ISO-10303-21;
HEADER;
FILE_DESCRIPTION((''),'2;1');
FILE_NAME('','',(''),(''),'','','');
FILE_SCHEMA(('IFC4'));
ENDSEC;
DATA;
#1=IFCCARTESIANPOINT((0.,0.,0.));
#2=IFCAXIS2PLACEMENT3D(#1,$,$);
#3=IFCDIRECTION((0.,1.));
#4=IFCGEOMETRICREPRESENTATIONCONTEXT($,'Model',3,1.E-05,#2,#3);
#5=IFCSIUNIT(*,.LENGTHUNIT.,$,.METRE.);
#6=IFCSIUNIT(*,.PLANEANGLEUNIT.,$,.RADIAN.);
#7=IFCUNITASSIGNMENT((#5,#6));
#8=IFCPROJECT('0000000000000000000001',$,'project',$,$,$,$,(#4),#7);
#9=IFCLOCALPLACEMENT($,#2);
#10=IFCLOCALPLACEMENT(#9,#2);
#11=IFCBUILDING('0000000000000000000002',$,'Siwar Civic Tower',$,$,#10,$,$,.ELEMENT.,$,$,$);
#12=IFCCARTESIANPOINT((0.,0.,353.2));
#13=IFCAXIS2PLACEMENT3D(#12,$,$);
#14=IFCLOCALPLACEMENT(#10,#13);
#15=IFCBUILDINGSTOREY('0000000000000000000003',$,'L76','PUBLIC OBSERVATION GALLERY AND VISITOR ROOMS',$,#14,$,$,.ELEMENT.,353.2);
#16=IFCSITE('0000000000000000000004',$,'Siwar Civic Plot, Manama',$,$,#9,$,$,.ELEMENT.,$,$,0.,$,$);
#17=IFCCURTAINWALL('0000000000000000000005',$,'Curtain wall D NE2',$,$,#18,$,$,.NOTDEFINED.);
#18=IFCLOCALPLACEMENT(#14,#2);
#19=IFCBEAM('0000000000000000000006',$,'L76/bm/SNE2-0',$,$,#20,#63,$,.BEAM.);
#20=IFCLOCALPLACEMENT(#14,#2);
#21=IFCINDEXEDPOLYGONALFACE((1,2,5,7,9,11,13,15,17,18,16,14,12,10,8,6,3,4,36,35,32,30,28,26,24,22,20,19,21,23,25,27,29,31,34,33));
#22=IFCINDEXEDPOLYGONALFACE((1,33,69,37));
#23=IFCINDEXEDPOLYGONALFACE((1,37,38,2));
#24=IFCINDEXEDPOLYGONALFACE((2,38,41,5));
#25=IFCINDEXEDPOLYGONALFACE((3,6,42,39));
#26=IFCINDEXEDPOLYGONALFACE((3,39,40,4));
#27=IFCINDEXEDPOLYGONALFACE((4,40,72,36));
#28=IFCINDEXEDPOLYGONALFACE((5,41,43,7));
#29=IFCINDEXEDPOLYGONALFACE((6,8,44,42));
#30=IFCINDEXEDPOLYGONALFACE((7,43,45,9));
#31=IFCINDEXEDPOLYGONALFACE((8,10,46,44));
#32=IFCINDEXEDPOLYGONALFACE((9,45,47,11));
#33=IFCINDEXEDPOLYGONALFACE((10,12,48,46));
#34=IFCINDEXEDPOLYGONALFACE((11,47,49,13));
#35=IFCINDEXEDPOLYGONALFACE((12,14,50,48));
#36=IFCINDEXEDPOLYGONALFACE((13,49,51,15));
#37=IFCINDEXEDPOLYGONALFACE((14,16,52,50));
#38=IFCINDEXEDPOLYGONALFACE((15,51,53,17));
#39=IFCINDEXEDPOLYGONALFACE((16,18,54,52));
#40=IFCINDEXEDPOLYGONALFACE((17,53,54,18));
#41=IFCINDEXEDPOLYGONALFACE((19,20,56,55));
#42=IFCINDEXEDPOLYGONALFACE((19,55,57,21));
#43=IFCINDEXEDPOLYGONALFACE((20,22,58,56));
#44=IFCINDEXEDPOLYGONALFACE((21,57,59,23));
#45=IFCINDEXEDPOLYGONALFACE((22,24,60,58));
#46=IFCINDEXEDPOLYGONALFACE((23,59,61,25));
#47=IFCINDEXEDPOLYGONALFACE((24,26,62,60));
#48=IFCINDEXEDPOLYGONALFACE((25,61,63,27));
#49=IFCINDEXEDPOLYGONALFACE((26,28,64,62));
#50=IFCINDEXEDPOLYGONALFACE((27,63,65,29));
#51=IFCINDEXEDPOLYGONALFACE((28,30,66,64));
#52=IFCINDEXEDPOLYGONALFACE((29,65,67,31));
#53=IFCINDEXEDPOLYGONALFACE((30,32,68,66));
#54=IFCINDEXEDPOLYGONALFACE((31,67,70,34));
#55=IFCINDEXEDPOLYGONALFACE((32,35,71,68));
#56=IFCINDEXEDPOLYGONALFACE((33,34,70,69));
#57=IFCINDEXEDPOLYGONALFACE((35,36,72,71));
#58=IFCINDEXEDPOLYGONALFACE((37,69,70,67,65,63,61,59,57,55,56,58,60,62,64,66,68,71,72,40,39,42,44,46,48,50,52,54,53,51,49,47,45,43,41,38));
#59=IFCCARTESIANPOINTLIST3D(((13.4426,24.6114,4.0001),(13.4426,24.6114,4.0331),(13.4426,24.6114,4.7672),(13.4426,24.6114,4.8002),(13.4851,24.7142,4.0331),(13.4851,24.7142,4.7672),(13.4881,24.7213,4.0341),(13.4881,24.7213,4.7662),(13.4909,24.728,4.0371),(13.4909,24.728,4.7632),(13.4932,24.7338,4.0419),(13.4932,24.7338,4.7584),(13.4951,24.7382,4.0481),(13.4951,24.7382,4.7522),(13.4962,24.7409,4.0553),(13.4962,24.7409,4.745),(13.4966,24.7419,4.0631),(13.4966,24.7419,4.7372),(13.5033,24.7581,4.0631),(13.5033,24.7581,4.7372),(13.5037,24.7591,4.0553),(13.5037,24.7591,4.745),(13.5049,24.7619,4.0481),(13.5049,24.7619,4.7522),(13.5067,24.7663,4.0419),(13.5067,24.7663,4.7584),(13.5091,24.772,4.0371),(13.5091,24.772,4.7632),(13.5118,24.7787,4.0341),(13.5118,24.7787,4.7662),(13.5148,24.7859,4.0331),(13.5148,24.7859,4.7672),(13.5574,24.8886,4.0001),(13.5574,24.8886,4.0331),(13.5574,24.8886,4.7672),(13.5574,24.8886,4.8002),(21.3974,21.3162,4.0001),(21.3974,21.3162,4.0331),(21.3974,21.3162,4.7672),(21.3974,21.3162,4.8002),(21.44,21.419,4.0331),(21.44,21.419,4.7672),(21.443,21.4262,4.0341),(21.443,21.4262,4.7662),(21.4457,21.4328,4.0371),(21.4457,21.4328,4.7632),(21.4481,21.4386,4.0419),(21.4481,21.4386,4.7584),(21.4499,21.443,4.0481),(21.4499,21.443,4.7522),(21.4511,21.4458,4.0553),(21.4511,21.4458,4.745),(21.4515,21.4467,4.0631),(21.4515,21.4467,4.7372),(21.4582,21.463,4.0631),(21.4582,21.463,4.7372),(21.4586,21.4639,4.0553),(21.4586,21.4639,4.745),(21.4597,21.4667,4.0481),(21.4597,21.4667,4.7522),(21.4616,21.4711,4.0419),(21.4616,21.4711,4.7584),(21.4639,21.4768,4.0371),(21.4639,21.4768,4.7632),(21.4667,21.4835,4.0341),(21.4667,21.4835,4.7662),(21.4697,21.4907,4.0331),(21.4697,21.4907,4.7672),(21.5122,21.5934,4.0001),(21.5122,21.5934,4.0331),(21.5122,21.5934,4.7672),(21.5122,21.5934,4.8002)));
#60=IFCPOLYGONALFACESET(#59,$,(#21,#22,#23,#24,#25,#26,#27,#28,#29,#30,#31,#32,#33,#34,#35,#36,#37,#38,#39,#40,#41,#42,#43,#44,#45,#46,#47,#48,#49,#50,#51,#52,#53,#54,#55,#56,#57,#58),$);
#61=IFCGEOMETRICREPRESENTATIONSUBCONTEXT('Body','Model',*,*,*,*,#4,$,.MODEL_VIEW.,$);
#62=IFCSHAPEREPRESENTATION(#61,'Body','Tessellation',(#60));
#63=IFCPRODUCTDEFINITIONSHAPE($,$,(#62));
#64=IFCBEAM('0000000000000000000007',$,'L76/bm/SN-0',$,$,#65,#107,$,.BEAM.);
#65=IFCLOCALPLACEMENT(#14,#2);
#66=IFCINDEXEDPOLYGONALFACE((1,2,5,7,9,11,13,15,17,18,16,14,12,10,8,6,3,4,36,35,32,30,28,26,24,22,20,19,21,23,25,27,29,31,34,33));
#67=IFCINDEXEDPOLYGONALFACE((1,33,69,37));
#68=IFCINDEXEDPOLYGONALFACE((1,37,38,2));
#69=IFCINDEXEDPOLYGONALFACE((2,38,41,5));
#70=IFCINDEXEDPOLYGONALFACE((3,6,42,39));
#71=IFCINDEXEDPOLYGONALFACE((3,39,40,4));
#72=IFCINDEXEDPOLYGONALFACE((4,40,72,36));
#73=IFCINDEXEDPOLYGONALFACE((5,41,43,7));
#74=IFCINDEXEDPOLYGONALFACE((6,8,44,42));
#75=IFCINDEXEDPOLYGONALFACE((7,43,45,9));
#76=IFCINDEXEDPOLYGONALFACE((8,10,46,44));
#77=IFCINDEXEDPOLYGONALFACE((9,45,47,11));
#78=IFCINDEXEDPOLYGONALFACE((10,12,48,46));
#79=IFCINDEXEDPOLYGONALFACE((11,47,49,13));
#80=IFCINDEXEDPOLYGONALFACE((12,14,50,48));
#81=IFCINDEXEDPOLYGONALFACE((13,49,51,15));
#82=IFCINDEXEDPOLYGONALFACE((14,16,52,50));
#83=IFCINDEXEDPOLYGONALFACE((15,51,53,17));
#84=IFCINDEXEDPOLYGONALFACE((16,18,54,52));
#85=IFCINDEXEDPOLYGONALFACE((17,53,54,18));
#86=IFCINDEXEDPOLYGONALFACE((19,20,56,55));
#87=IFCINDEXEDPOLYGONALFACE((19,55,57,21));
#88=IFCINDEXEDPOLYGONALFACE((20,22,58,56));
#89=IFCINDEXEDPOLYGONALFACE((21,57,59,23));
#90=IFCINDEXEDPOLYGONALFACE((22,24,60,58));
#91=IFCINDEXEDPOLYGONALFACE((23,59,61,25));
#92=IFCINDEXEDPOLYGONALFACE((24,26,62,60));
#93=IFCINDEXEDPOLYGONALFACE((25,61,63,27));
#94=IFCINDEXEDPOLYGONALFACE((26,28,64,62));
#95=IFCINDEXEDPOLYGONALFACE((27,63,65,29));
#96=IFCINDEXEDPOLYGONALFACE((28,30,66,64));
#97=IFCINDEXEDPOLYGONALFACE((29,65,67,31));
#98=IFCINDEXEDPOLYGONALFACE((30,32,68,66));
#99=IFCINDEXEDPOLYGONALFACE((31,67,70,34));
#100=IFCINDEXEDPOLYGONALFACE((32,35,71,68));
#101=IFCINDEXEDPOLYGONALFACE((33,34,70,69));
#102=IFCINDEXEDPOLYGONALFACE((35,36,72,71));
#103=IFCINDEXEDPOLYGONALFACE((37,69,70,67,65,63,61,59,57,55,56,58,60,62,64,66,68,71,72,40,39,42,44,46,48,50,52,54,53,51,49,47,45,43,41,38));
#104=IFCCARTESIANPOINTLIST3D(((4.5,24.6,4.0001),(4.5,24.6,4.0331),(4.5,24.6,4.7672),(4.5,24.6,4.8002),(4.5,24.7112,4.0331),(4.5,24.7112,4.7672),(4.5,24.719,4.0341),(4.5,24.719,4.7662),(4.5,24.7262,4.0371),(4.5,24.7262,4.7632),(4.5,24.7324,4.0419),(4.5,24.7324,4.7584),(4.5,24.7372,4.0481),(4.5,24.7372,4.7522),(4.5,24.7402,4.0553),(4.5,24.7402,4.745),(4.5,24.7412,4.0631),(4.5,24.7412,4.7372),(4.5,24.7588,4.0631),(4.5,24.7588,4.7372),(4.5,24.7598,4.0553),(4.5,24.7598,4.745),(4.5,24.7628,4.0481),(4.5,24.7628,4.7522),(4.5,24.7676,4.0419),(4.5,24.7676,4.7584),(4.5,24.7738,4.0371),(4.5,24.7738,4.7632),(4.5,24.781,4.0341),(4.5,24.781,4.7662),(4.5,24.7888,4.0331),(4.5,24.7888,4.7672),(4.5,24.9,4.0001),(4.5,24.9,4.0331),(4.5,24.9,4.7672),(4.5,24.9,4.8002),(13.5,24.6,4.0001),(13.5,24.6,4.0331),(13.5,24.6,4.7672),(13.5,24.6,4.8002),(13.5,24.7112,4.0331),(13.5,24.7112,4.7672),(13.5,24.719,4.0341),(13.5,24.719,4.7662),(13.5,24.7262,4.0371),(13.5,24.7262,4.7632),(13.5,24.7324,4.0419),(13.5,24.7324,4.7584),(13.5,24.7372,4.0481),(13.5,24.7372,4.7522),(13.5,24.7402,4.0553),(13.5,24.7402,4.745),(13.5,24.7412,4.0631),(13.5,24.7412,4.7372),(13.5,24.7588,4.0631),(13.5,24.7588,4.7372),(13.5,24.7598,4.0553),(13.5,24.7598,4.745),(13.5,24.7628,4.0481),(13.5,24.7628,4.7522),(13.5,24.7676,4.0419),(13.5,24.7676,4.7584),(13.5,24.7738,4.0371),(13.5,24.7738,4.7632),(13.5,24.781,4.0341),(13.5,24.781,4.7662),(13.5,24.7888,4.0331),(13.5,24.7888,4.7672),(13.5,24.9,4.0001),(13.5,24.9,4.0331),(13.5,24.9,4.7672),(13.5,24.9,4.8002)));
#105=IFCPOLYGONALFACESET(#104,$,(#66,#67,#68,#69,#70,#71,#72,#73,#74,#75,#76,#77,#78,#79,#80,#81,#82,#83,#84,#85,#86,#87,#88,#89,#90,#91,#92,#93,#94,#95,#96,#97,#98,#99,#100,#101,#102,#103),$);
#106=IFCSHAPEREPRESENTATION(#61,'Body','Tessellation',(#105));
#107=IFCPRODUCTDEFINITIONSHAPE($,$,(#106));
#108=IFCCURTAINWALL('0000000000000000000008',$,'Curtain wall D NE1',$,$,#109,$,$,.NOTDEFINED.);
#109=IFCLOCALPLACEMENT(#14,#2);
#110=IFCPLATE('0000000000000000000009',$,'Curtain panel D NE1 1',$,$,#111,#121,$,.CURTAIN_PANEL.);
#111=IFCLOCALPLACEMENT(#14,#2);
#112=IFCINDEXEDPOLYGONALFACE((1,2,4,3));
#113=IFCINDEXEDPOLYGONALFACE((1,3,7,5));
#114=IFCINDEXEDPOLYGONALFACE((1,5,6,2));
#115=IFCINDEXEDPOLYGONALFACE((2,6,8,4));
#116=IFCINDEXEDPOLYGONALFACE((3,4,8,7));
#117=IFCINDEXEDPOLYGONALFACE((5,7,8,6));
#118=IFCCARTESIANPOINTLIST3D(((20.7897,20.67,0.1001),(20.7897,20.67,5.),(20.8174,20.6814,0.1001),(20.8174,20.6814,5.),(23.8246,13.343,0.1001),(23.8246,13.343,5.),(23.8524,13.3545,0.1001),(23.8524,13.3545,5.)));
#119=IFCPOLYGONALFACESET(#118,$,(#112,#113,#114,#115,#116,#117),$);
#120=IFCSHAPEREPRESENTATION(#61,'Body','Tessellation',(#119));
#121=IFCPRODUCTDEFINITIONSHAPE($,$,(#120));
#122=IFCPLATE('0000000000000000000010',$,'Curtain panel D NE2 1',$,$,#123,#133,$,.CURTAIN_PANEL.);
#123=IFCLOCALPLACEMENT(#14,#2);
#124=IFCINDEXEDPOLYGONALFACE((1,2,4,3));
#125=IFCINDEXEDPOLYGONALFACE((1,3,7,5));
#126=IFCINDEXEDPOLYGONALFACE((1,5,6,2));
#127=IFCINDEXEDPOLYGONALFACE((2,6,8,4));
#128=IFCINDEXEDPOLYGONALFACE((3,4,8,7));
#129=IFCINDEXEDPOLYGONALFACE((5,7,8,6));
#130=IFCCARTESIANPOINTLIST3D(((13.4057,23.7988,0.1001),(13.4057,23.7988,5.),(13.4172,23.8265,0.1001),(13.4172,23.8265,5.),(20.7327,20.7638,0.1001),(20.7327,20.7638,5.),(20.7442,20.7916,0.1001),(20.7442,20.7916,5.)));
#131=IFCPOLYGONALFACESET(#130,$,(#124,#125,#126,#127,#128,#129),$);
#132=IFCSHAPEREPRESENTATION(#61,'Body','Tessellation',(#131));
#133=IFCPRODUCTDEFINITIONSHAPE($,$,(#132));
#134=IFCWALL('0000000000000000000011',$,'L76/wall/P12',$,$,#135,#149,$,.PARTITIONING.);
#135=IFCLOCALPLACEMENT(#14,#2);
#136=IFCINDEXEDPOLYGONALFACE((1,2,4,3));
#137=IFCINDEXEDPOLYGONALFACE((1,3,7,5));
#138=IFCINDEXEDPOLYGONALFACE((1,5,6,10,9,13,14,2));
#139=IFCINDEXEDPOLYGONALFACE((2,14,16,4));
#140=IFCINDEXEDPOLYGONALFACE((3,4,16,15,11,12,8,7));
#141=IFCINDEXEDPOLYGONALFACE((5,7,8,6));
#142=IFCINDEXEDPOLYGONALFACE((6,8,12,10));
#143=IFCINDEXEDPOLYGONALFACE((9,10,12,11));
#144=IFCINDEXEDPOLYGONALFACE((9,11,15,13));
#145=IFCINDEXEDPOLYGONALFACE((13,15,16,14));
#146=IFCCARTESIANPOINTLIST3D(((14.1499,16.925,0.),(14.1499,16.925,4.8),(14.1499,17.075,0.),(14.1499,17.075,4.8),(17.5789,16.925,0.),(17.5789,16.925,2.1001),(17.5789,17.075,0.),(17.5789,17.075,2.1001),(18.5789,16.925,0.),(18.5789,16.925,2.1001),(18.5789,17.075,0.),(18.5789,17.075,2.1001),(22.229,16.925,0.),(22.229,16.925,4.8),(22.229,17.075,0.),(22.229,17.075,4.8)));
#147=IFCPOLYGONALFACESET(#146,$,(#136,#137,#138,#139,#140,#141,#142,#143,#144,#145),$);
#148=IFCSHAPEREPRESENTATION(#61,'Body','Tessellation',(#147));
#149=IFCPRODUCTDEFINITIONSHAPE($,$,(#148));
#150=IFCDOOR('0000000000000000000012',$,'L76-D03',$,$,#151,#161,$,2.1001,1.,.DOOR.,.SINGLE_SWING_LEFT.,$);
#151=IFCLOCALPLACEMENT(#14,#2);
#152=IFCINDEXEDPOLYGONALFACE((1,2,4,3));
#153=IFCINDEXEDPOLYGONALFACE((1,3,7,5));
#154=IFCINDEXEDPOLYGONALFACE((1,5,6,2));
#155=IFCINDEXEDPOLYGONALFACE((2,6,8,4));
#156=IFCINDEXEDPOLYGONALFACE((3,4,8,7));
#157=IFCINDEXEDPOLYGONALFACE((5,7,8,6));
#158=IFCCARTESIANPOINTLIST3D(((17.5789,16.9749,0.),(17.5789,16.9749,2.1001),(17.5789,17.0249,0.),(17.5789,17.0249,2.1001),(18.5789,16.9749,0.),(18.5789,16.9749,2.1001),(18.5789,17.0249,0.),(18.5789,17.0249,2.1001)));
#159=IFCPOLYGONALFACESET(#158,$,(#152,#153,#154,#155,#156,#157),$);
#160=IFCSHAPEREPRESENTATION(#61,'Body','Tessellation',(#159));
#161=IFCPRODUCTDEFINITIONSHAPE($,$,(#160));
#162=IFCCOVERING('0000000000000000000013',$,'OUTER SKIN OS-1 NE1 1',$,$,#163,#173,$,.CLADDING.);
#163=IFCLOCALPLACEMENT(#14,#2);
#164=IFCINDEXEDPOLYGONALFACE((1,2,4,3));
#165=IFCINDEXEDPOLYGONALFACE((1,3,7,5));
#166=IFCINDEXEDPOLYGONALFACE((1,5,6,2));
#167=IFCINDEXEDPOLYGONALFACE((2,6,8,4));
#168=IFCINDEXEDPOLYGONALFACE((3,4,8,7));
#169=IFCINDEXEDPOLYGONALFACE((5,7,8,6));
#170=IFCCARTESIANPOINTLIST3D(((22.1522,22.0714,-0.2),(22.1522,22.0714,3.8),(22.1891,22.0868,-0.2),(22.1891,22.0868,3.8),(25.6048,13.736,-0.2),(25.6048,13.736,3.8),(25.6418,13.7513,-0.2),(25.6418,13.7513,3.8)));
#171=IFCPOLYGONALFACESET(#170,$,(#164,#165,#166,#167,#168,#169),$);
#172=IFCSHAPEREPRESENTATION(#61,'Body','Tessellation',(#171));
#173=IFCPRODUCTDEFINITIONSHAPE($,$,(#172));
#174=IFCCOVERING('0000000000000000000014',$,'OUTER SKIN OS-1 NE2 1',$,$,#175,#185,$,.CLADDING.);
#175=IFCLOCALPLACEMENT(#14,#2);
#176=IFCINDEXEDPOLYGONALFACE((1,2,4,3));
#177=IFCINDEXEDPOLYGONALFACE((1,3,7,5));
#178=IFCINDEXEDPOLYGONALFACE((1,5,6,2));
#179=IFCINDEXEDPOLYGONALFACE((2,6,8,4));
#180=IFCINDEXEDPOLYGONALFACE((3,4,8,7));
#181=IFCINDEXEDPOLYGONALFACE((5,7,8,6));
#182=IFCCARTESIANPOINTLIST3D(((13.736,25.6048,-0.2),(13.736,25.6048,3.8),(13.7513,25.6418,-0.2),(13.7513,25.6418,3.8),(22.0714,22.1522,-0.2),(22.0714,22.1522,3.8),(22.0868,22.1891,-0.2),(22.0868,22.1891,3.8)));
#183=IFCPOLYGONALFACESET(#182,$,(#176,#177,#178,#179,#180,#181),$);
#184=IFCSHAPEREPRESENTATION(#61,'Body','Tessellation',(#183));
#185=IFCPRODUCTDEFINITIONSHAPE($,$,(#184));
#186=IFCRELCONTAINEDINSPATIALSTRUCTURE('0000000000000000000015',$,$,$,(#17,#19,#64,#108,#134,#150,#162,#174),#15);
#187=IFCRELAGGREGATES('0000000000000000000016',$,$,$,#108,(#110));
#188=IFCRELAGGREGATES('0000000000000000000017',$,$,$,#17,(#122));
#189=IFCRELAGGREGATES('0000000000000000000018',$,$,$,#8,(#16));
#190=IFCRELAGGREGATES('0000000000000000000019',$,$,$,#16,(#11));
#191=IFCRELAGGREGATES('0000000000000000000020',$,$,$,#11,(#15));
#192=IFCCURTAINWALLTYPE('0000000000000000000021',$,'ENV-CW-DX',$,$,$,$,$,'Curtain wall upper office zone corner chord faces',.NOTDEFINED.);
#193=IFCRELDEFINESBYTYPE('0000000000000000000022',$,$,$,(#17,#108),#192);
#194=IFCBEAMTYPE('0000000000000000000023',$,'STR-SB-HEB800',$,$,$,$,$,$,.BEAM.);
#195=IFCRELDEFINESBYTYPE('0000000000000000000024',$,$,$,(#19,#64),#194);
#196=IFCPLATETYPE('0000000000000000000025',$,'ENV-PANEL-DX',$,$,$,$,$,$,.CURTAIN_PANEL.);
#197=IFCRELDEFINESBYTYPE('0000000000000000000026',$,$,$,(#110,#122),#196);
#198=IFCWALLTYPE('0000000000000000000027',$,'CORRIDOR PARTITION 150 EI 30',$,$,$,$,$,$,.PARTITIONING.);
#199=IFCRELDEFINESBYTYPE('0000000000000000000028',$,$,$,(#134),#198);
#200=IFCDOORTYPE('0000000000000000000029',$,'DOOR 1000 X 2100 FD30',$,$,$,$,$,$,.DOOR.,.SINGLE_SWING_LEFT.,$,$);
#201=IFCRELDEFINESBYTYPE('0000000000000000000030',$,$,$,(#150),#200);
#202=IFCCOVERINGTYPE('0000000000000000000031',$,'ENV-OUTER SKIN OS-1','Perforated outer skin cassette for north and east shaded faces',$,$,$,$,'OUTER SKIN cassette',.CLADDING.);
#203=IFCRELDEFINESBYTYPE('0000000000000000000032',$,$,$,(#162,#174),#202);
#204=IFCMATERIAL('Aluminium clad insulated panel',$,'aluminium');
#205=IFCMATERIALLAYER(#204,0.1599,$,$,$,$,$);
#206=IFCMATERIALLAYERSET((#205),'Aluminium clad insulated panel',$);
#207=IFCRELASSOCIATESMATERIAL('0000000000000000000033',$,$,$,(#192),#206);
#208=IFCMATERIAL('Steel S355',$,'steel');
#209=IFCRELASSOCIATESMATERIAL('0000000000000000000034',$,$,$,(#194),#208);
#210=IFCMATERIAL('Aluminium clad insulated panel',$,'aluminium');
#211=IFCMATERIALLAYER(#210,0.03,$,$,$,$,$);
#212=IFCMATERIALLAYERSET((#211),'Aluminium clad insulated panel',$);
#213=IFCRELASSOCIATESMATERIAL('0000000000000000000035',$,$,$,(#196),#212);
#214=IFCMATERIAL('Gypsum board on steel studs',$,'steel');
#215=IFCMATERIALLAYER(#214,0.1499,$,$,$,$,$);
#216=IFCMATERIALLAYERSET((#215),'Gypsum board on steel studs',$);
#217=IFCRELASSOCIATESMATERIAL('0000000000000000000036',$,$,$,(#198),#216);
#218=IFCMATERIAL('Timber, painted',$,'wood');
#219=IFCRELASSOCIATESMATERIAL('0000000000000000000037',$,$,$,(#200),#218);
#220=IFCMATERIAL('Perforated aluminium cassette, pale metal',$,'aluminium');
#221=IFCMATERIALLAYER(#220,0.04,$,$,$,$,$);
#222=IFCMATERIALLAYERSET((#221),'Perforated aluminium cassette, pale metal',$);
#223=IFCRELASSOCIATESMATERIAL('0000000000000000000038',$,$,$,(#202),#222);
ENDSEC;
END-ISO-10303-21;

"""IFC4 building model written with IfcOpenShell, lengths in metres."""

from ifc_helpers import new_model, si_unit, direction, frame, frame_2d, origin, origin_2d, place, context, subcontext, project, spatial, rectangle, i_section, extrude, material, layer, layer_set, material_profile, profile_set, type_object, element, fill, aggregate, save


model = new_model("IFC4")

# Units and contexts
model_context = context("Model", 3, precision=1e-05, world=origin(), true_north=direction((0.0, 1.0)))
body_context = subcontext(model_context, "Body", "Model", "MODEL_VIEW")
ifc_project = project(units=[si_unit("LENGTHUNIT", "METRE"), si_unit("PLANEANGLEUNIT", "RADIAN")], contexts=[model_context])

# Site, building, storey
site_placement = place(None, origin())
site = spatial("IfcSite", under=ifc_project, at=site_placement, Name="Siwar Civic Plot, Manama", CompositionType="ELEMENT", RefElevation=0.0)
building_placement = place(site_placement, origin())
building = spatial("IfcBuilding", under=site, at=building_placement, Name="Siwar Civic Tower", CompositionType="ELEMENT")
storey_placement = place(building_placement, frame((0.0, 0.0, 353.2)))
storey = spatial("IfcBuildingStorey", under=building, at=storey_placement, Name="L76", Description="PUBLIC OBSERVATION GALLERY AND VISITOR ROOMS", CompositionType="ELEMENT", Elevation=353.2)

# Curtain wall
ifc_material_1 = material(Name="Aluminium clad insulated panel", Category="aluminium")
ifc_layer_1 = layer(ifc_material_1, 0.1599)
ifc_layer_set_1 = layer_set([ifc_layer_1], Name="Aluminium clad insulated panel")
curtain_wall_type = type_object("IfcCurtainWallType", Name="ENV-CW-DX", ElementType="Curtain wall upper office zone corner chord faces", PredefinedType="NOTDEFINED", material=ifc_layer_set_1)
curtain_wall_1_placement = place(storey_placement, origin())
curtain_wall_1 = element("IfcCurtainWall", 1, at=curtain_wall_1_placement, inside=storey, type_object=curtain_wall_type, Name="Curtain wall D NE2", PredefinedType="NOTDEFINED")

# Beams
ifc_material_2 = material(Name="Steel S355", Category="steel")
ifc_material_profile_1 = material_profile(ifc_material_2, i_section(OverallWidth=0.3, OverallDepth=0.8, WebThickness=0.0176, FlangeThickness=0.033, FilletRadius=0.03, at=origin_2d()), Name="HEB800")
ifc_profile_set_1 = profile_set([ifc_material_profile_1], Name="Steel S355")
beam_type_1 = type_object("IfcBeamType", Name="STR-SB-HEB800", PredefinedType="BEAM", material=ifc_profile_set_1)
beam_1_placement = place(storey_placement, frame((21.4548, 21.4548, 4.4001), z_axis=(-0.923873, 0.3827, 0.0), x_axis=(-0.3827, -0.923873, 0.0)))
element("IfcBeam", 2, at=beam_1_placement, inside=storey, type_object=beam_type_1, Name="L76/bm/SNE2-0", PredefinedType="BEAM", context=body_context, shape_type="SweptSolid", body=[
    extrude(i_section(OverallWidth=0.3, OverallDepth=0.8, WebThickness=0.0176, FlangeThickness=0.033, FilletRadius=0.03, at=origin_2d()), origin(), (0.0, 0.0, 1.0), 8.6104),
])
beam_2_placement = place(storey_placement, frame((13.5, 24.75, 4.4001), z_axis=(-1.0, 0.0, 0.0), x_axis=(0.0, -1.0, 0.0)))
element("IfcBeam", 3, at=beam_2_placement, inside=storey, type_object=beam_type_1, Name="L76/bm/SN-0", PredefinedType="BEAM", context=body_context, shape_type="SweptSolid", body=[
    extrude(i_section(OverallWidth=0.3, OverallDepth=0.8, WebThickness=0.0176, FlangeThickness=0.033, FilletRadius=0.03, at=origin_2d()), origin(), (0.0, 0.0, 1.0), 9.0),
])

# Curtain wall, plate
curtain_wall_2_placement = place(storey_placement, origin())
curtain_wall_2 = element("IfcCurtainWall", 4, at=curtain_wall_2_placement, inside=storey, type_object=curtain_wall_type, Name="Curtain wall D NE1", PredefinedType="NOTDEFINED")
ifc_material_3 = material(Name="Aluminium clad insulated panel", Category="aluminium")
ifc_layer_2 = layer(ifc_material_3, 0.03)
ifc_layer_set_2 = layer_set([ifc_layer_2], Name="Aluminium clad insulated panel")
plate_type = type_object("IfcPlateType", Name="ENV-PANEL-DX", PredefinedType="CURTAIN_PANEL", material=ifc_layer_set_2)
plate_1_placement = place(storey_placement, frame((22.321, 17.0122, 0.1001), z_axis=(0.0, 0.0, 1.0), x_axis=(-0.382683, 0.92388, 0.0)))
plate_1 = element("IfcPlate", 5, at=plate_1_placement, type_object=plate_type, Name="Curtain panel D NE1 1", PredefinedType="CURTAIN_PANEL", context=body_context, shape_type="SweptSolid", body=[
    extrude(rectangle(XDim=7.9307, YDim=0.03, at=origin_2d()), origin(), (0.0, 0.0, 1.0), 4.8999),
])
aggregate(curtain_wall_2, [plate_1])

# Plate
plate_2_placement = place(storey_placement, frame((17.075, 22.2952, 0.1001), z_axis=(0.0, 0.0, 1.0), x_axis=(-0.92388, 0.382683, 0.0)))
plate_2 = element("IfcPlate", 6, at=plate_2_placement, type_object=plate_type, Name="Curtain panel D NE2 1", PredefinedType="CURTAIN_PANEL", context=body_context, shape_type="SweptSolid", body=[
    extrude(rectangle(XDim=7.9307, YDim=0.03, at=origin_2d()), origin(), (0.0, 0.0, 1.0), 4.8999),
])
aggregate(curtain_wall_1, [plate_2])

# Wall, opening, door
ifc_material_4 = material(Name="Gypsum board on steel studs", Category="steel")
ifc_layer_3 = layer(ifc_material_4, 0.1499)
ifc_layer_set_3 = layer_set([ifc_layer_3], Name="Gypsum board on steel studs")
wall_type = type_object("IfcWallType", Name="CORRIDOR PARTITION 150 EI 30", PredefinedType="PARTITIONING", material=ifc_layer_set_3)
wall_placement = place(storey_placement, frame((14.1499, 17.0, 0.0), z_axis=(0.0, 0.0, 1.0), x_axis=(1.0, 0.0, 0.0)))
wall = element("IfcWall", 7, at=wall_placement, inside=storey, type_object=wall_type, Name="L76/wall/P12", PredefinedType="PARTITIONING", context=body_context, shape_type="SweptSolid", body=[
    extrude(rectangle(XDim=8.0791, YDim=0.1499, at=frame_2d((4.0396, 0.0))), origin(), (0.0, 0.0, 1.0), 4.8),
])
opening_placement = place(wall_placement, frame((3.429, 0.0, 0.0)))
opening = element("IfcOpeningElement", 8, at=opening_placement, cuts=wall, PredefinedType="OPENING", context=body_context, shape_type="SweptSolid", body=[
    extrude(rectangle(XDim=1.0, YDim=2.1001, at=frame_2d((0.5, 1.05))), frame((0.0, 0.085, 0.0), z_axis=(0.0, -1.0, 0.0), x_axis=(1.0, 0.0, 0.0)), (0.0, 0.0, 1.0), 0.1699),
])
ifc_material_5 = material(Name="Timber, painted", Category="wood")
door_type = type_object("IfcDoorType", Name="DOOR 1000 X 2100 FD30", OperationType="SINGLE_SWING_LEFT", PredefinedType="DOOR", material=ifc_material_5)
door_placement = place(opening_placement, origin())
door = element("IfcDoor", 9, at=door_placement, inside=storey, type_object=door_type, Name="L76-D03", OperationType="SINGLE_SWING_LEFT", OverallHeight=2.1001, OverallWidth=1.0, PredefinedType="DOOR", context=body_context, shape_type="SweptSolid", body=[
    extrude(rectangle(XDim=1.0, YDim=2.1001, at=frame_2d((0.5, 1.05))), frame((0.0, 0.0249, 0.0), z_axis=(0.0, -1.0, 0.0), x_axis=(1.0, 0.0, 0.0)), (0.0, 0.0, 1.0), 0.05),
])
fill(opening, door)

# Coverings
ifc_material_6 = material(Name="Perforated aluminium cassette, pale metal", Category="aluminium")
ifc_layer_4 = layer(ifc_material_6, 0.04)
ifc_layer_set_4 = layer_set([ifc_layer_4], Name="Perforated aluminium cassette, pale metal")
covering_type = type_object("IfcCoveringType", Name="ENV-OUTER SKIN OS-1", Description="Perforated outer skin cassette for north and east shaded faces", ElementType="OUTER SKIN cassette", PredefinedType="CLADDING", material=ifc_layer_set_4)
for number, where, z_axis, x_axis, name in (
    (10, (23.897, 17.9114, -0.2), (0.0, 0.0, 1.0), (-0.382683, 0.92388, 0.0), "OUTER SKIN OS-1 NE1 1"),
    (11, (17.9114, 23.897, -0.2), (0.0, 0.0, 1.0), (-0.92388, 0.382683, 0.0), "OUTER SKIN OS-1 NE2 1"),
):
    element("IfcCovering", number, at=place(storey_placement, frame(where, z_axis=z_axis, x_axis=x_axis)), inside=storey, type_object=covering_type, Name=name, PredefinedType="CLADDING", context=body_context, shape_type="SweptSolid", body=[
        extrude(rectangle(XDim=9.0222, YDim=0.04, at=origin_2d()), origin(), (0.0, 0.0, 1.0), 4.0),
    ])

save(model, "model.ifc")
